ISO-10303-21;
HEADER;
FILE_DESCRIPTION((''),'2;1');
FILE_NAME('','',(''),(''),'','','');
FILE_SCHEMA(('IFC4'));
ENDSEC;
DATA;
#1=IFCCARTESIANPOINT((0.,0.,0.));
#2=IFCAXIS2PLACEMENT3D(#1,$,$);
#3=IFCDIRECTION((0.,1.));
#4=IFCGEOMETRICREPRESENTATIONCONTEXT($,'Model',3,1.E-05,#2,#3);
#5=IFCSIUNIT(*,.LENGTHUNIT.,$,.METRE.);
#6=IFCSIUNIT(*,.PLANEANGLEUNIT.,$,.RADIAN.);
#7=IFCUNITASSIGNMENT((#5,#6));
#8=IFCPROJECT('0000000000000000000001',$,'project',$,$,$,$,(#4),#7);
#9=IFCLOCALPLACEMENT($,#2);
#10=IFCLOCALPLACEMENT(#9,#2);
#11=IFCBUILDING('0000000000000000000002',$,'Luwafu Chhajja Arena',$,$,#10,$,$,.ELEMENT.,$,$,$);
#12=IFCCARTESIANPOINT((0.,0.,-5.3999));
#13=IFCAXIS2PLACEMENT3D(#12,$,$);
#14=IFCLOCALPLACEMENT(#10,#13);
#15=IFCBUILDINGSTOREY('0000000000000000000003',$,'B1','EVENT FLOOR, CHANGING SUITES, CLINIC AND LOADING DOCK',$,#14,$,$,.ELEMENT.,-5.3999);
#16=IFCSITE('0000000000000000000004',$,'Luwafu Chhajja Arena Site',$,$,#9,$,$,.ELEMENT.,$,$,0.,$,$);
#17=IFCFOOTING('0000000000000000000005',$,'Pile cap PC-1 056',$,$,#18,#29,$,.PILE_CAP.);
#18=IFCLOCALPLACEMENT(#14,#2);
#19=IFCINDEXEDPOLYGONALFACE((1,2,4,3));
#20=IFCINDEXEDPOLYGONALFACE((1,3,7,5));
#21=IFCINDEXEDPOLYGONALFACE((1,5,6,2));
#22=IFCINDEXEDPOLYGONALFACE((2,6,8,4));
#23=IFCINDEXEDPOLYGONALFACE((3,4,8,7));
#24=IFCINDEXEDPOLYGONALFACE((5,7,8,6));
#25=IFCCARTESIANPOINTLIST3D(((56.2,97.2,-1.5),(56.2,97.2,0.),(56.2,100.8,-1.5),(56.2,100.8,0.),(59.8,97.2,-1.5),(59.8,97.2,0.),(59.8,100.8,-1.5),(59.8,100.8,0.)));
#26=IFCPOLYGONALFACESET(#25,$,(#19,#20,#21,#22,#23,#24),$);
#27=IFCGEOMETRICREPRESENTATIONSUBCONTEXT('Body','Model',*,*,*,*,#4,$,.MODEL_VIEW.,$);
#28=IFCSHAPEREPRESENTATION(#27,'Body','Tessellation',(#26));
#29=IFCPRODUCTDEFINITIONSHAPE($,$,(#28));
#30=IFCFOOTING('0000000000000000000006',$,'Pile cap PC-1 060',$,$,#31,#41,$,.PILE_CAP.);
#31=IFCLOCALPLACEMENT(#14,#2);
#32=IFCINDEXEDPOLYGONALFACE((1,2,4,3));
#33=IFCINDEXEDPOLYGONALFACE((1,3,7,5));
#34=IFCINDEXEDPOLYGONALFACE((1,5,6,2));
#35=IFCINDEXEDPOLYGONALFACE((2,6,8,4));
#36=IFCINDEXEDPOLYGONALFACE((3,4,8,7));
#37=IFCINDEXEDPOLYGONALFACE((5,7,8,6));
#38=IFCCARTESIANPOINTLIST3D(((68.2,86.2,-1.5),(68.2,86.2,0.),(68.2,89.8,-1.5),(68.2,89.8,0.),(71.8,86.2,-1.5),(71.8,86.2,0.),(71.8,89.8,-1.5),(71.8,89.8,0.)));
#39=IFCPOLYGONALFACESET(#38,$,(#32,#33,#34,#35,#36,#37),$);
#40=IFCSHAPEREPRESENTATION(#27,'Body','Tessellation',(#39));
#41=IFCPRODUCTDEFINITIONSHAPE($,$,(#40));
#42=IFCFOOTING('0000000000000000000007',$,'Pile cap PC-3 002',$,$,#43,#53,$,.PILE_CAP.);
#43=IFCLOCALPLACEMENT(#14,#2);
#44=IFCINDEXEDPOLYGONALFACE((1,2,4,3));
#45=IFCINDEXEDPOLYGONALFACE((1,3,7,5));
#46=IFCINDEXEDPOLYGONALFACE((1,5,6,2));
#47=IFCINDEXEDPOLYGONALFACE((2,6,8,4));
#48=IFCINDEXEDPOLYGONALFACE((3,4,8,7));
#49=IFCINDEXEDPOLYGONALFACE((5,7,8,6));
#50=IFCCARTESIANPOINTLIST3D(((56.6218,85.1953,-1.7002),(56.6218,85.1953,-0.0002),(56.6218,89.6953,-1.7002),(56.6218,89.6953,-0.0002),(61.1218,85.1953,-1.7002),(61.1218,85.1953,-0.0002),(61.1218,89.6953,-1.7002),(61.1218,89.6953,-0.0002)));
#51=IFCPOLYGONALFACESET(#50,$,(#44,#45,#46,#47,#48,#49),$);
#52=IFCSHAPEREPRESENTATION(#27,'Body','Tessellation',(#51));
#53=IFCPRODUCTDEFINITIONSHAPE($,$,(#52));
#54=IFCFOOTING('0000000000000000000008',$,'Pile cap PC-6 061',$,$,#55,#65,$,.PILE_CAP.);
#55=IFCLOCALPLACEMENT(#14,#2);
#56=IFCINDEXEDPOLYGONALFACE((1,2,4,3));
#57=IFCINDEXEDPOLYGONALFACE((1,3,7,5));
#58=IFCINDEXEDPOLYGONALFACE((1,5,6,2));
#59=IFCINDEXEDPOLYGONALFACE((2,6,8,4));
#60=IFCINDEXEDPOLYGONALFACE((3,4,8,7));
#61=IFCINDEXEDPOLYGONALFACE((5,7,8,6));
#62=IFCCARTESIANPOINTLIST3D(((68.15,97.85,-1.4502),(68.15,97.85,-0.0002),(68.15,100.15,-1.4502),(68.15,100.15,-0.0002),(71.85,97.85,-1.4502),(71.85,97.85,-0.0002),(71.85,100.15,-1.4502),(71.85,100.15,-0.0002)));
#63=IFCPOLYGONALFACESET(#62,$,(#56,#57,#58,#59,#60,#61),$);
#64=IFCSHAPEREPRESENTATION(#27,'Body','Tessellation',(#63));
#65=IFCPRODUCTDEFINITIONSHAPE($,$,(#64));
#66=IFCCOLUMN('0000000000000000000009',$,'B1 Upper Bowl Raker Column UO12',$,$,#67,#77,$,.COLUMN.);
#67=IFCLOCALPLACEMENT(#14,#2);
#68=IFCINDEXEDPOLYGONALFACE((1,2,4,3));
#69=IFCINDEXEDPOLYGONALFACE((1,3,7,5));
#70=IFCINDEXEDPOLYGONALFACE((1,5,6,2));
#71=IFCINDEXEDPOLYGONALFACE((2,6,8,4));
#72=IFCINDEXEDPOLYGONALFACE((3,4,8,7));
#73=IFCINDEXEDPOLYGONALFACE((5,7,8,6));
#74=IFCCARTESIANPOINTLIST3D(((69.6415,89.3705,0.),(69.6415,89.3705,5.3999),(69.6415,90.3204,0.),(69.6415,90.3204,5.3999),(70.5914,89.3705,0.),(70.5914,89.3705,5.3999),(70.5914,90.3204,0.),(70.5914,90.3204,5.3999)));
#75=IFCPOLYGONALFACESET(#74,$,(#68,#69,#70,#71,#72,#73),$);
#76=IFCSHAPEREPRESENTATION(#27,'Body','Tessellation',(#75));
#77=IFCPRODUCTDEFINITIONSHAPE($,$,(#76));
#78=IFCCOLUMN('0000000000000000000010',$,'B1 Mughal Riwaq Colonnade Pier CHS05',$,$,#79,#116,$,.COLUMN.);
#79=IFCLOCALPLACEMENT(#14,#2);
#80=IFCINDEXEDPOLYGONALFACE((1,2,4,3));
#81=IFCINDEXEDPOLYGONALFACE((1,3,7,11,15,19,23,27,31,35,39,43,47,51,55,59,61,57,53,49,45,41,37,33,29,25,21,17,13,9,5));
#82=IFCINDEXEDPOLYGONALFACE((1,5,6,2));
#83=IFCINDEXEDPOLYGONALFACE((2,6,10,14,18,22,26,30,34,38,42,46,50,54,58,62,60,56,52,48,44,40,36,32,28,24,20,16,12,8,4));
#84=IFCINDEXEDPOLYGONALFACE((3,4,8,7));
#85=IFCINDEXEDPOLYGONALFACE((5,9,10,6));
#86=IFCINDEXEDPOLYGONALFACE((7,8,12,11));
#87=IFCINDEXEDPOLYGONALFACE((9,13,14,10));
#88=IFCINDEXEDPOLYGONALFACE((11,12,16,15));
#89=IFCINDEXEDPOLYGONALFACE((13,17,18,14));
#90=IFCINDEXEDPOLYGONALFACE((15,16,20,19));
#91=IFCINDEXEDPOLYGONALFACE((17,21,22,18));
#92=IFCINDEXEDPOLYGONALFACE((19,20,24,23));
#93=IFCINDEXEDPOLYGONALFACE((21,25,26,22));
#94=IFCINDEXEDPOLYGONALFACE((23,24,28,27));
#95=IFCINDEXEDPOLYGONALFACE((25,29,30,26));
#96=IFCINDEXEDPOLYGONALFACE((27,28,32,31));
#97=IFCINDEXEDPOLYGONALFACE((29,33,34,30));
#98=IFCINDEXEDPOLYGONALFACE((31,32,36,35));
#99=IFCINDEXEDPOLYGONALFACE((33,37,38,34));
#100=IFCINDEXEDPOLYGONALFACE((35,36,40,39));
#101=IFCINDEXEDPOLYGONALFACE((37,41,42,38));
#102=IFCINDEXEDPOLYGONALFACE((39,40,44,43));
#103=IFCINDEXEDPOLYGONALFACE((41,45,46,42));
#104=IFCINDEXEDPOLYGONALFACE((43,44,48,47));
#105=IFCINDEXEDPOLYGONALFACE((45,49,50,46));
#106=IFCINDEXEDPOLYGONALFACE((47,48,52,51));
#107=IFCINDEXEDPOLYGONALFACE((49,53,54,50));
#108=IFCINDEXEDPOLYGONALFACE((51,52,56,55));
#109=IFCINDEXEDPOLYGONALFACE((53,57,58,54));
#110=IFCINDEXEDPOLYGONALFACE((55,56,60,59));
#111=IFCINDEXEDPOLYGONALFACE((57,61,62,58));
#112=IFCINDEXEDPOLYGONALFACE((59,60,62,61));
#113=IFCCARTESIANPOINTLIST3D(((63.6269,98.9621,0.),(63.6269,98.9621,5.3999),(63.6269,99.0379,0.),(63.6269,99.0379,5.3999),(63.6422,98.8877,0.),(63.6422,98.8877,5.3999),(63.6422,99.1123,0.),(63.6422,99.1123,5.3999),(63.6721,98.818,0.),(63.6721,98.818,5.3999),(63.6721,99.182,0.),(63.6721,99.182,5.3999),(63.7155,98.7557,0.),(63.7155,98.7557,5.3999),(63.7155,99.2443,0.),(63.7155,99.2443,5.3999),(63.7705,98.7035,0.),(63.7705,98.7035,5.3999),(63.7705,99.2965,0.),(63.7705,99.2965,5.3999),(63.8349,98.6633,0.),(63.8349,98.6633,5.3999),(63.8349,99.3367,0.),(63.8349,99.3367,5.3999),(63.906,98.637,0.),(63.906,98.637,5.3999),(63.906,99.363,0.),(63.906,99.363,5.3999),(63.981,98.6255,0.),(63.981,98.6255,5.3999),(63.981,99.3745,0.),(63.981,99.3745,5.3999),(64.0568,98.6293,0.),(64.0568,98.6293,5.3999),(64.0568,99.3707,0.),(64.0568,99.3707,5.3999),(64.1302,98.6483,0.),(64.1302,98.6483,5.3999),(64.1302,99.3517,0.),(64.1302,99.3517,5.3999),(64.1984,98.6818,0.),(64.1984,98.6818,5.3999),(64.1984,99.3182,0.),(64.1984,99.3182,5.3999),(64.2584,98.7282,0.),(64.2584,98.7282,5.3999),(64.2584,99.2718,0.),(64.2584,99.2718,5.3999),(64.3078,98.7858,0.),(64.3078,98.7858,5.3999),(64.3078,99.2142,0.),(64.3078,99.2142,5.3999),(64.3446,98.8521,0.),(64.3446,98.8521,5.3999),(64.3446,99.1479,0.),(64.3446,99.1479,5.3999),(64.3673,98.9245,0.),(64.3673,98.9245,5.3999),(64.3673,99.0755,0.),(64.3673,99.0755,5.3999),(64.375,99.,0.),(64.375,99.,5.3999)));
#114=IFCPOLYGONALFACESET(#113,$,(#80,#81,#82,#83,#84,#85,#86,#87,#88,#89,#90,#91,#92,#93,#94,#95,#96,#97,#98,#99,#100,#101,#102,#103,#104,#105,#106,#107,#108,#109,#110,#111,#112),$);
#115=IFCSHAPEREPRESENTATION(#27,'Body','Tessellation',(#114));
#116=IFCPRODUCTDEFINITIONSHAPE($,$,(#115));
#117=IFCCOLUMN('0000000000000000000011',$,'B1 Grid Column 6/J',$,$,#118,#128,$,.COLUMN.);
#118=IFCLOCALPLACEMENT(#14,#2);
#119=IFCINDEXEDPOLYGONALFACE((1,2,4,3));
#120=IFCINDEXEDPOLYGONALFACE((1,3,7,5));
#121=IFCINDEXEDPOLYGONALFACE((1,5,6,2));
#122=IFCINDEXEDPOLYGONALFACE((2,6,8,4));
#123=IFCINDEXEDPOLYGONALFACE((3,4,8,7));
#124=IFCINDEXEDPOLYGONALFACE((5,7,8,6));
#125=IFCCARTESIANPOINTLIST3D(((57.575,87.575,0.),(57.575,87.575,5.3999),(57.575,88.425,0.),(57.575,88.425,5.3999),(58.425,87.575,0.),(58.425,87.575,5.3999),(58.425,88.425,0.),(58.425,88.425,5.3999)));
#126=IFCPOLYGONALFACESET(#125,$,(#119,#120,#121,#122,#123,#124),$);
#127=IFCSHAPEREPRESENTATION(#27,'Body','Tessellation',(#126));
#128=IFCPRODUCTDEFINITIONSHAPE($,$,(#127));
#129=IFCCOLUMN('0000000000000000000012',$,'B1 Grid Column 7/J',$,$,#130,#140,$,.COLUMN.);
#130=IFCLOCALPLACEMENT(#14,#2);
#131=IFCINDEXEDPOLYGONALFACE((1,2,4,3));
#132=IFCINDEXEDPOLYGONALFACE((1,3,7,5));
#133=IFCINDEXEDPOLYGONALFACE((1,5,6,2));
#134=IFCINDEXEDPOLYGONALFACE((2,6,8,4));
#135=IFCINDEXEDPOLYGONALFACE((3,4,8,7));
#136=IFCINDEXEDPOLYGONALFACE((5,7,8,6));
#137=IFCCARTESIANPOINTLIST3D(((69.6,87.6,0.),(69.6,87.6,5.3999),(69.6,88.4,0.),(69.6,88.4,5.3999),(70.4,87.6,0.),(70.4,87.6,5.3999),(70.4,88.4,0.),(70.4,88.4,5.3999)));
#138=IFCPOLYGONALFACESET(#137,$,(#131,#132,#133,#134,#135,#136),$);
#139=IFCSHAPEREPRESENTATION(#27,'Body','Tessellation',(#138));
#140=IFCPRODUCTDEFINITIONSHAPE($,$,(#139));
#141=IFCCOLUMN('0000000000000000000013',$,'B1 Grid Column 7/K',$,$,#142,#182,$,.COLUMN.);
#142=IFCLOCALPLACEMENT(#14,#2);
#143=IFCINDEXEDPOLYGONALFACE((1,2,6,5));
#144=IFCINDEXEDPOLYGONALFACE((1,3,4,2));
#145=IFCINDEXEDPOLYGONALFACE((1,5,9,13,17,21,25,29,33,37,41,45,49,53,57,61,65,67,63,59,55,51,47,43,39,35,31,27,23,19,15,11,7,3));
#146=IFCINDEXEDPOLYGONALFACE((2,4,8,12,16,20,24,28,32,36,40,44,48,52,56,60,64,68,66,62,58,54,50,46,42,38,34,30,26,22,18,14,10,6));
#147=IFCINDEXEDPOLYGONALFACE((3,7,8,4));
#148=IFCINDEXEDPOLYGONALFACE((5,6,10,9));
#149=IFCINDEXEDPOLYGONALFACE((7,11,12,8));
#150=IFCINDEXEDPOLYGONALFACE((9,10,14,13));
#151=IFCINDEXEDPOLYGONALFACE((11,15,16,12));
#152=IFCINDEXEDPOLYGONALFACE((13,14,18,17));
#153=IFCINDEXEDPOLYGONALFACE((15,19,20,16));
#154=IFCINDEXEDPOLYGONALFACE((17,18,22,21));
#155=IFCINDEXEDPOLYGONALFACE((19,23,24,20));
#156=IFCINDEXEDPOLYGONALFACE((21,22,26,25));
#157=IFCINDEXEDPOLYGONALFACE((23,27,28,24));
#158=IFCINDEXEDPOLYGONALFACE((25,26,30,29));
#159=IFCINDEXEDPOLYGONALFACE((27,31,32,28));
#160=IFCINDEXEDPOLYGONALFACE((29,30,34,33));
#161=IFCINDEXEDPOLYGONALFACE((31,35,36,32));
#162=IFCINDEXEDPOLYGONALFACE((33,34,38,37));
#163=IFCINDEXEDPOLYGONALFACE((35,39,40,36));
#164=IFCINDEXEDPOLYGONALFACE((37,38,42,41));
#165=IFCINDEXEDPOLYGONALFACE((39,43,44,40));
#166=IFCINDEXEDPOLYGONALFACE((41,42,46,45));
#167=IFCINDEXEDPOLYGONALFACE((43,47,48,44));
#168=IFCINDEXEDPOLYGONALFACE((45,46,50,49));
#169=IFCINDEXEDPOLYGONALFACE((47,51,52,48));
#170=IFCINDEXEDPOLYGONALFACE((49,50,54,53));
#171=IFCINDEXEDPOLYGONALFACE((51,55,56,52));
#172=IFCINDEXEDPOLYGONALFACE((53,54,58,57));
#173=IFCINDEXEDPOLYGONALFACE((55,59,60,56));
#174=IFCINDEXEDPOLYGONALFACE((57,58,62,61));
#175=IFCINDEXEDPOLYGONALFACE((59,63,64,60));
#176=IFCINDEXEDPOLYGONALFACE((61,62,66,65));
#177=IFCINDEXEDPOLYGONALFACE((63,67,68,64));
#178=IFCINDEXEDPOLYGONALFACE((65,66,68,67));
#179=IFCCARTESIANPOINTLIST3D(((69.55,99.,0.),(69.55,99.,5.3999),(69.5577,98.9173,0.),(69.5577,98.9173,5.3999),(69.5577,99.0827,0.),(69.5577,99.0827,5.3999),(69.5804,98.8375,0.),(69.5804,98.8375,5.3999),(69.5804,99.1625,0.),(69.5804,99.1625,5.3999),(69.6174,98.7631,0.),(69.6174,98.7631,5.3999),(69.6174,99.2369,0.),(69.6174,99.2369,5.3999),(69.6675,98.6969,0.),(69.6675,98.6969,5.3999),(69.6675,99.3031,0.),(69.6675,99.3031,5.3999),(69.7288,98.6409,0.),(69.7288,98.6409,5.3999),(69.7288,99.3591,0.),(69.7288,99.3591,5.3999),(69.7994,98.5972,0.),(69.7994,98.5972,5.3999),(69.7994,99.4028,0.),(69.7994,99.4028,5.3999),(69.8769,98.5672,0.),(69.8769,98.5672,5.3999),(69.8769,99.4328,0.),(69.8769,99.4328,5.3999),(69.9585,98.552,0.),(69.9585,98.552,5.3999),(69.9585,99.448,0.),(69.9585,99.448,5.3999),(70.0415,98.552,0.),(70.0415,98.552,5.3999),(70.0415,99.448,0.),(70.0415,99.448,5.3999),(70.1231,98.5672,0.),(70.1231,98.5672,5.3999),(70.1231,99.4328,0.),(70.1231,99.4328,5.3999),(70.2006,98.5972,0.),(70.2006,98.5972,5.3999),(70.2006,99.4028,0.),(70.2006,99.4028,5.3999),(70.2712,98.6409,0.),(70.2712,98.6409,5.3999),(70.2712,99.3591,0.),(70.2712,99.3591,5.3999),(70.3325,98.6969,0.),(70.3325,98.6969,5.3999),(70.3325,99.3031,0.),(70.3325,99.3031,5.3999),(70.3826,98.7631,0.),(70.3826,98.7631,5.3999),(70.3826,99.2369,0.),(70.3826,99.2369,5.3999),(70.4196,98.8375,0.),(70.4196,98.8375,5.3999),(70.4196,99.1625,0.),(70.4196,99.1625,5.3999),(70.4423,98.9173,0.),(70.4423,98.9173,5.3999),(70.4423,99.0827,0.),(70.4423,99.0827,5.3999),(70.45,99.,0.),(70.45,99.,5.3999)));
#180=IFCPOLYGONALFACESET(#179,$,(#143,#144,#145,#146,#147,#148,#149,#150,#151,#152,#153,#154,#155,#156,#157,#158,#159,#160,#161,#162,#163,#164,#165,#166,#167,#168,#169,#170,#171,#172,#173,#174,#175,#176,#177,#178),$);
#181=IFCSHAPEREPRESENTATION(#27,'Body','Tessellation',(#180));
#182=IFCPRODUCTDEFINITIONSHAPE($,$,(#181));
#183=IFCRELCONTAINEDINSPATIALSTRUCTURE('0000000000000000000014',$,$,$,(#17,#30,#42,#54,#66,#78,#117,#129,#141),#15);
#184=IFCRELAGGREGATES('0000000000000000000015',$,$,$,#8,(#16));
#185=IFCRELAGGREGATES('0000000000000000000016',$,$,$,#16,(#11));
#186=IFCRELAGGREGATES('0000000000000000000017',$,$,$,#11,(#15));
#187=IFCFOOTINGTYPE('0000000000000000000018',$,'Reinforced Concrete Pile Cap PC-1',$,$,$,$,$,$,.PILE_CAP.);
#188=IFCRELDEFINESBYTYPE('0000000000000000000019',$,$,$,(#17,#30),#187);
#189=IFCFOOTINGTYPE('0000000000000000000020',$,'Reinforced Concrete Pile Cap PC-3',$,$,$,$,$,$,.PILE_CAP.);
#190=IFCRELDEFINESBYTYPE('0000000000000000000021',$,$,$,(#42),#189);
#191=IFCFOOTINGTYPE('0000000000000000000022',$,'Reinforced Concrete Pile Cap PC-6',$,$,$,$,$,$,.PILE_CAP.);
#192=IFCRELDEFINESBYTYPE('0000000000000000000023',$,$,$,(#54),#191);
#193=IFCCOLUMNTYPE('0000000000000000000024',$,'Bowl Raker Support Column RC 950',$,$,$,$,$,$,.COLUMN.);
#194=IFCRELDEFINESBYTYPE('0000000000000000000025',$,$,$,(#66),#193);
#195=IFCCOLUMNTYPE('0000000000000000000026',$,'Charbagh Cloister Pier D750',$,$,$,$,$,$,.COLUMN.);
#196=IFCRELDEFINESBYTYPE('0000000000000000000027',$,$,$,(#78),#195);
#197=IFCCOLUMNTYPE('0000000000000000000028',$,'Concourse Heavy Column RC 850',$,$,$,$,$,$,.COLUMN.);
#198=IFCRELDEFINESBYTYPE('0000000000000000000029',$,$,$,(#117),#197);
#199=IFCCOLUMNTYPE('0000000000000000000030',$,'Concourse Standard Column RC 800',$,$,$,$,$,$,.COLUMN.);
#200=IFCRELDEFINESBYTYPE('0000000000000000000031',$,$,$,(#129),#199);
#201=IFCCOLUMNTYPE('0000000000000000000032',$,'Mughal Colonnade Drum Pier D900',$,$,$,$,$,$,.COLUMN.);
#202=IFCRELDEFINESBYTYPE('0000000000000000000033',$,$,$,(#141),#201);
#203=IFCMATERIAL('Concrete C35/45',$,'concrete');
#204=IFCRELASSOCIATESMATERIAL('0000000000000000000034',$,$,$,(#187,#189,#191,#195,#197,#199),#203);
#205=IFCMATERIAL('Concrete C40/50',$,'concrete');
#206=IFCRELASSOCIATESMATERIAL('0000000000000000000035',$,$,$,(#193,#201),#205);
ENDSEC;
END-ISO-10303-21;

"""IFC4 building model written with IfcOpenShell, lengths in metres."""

from ifc_helpers import new_model, si_unit, direction, frame, origin, origin_2d, place, context, subcontext, project, spatial, rectangle, circle, extrude, material, material_profile, profile_set, type_object, element, save


model = new_model("IFC4")

# Units and contexts
model_context = context("Model", 3, precision=1e-05, world=origin(), true_north=direction((0.0, 1.0)))
body_context = subcontext(model_context, "Body", "Model", "MODEL_VIEW")
ifc_project = project(units=[si_unit("LENGTHUNIT", "METRE"), si_unit("PLANEANGLEUNIT", "RADIAN")], contexts=[model_context])

# Site, building, storey
site_placement = place(None, origin())
site = spatial("IfcSite", under=ifc_project, at=site_placement, Name="Luwafu Chhajja Arena Site", CompositionType="ELEMENT", RefElevation=0.0)
building_placement = place(site_placement, origin())
building = spatial("IfcBuilding", under=site, at=building_placement, Name="Luwafu Chhajja Arena", CompositionType="ELEMENT")
storey_placement = place(building_placement, frame((0.0, 0.0, -5.3999)))
storey = spatial("IfcBuildingStorey", under=building, at=storey_placement, Name="B1", Description="EVENT FLOOR, CHANGING SUITES, CLINIC AND LOADING DOCK", CompositionType="ELEMENT", Elevation=-5.3999)

# Shared definitions
ifc_material_1 = material(Name="Concrete C35/45", Category="concrete")

# Footings
footing_type_1 = type_object("IfcFootingType", Name="Reinforced Concrete Pile Cap PC-1", PredefinedType="PILE_CAP", material=ifc_material_1)
for number, where, z_axis, x_axis, name in (
    (1, (58.0, 99.0, -1.5), (0.0, 0.0, 1.0), (1.0, 0.0, 0.0), "Pile cap PC-1 056"),
    (2, (70.0, 88.0, -1.5), (0.0, 0.0, 1.0), (1.0, 0.0, 0.0), "Pile cap PC-1 060"),
):
    element("IfcFooting", number, at=place(storey_placement, frame(where, z_axis=z_axis, x_axis=x_axis)), inside=storey, type_object=footing_type_1, Name=name, PredefinedType="PILE_CAP", context=body_context, shape_type="SweptSolid", body=[
        extrude(rectangle(XDim=3.6001, YDim=3.6001, at=origin_2d()), origin(), (0.0, 0.0, 1.0), 1.5),
    ])
footing_type_2 = type_object("IfcFootingType", Name="Reinforced Concrete Pile Cap PC-3", PredefinedType="PILE_CAP", material=ifc_material_1)
footing_1_placement = place(storey_placement, frame((58.8718, 87.4453, -1.7002), z_axis=(0.0, 0.0, 1.0), x_axis=(1.0, 0.0, 0.0)))
element("IfcFooting", 3, at=footing_1_placement, inside=storey, type_object=footing_type_2, Name="Pile cap PC-3 002", PredefinedType="PILE_CAP", context=body_context, shape_type="SweptSolid", body=[
    extrude(rectangle(XDim=4.5, YDim=4.5, at=origin_2d()), origin(), (0.0, 0.0, 1.0), 1.7),
])
footing_type_3 = type_object("IfcFootingType", Name="Reinforced Concrete Pile Cap PC-6", PredefinedType="PILE_CAP", material=ifc_material_1)
footing_2_placement = place(storey_placement, frame((70.0, 99.0, -1.4502), z_axis=(0.0, 0.0, 1.0), x_axis=(1.0, 0.0, 0.0)))
element("IfcFooting", 4, at=footing_2_placement, inside=storey, type_object=footing_type_3, Name="Pile cap PC-6 061", PredefinedType="PILE_CAP", context=body_context, shape_type="SweptSolid", body=[
    extrude(rectangle(XDim=3.7, YDim=2.3, at=origin_2d()), origin(), (0.0, 0.0, 1.0), 1.45),
])

# Columns
ifc_material_2 = material(Name="Concrete C40/50", Category="concrete")
ifc_material_profile_1 = material_profile(ifc_material_2, rectangle(XDim=0.95, YDim=0.95, at=origin_2d()), Name="RC 950x950")
ifc_profile_set_1 = profile_set([ifc_material_profile_1], Name="Concrete C40/50")
column_type_1 = type_object("IfcColumnType", Name="Bowl Raker Support Column RC 950", PredefinedType="COLUMN", material=ifc_profile_set_1)
column_1_placement = place(storey_placement, frame((70.1165, 89.8455, 0.0), z_axis=(0.0, 0.0, 1.0), x_axis=(1.0, 0.0, 0.0)))
element("IfcColumn", 5, at=column_1_placement, inside=storey, type_object=column_type_1, Name="B1 Upper Bowl Raker Column UO12", PredefinedType="COLUMN", context=body_context, shape_type="SweptSolid", body=[
    extrude(rectangle(XDim=0.95, YDim=0.95, at=origin_2d()), origin(), (0.0, 0.0, 1.0), 5.3999),
])
ifc_material_profile_2 = material_profile(ifc_material_1, circle(Radius=0.375, at=origin_2d()), Name="RC COL D750")
ifc_profile_set_2 = profile_set([ifc_material_profile_2], Name="Concrete C35/45")
column_type_2 = type_object("IfcColumnType", Name="Charbagh Cloister Pier D750", PredefinedType="COLUMN", material=ifc_profile_set_2)
column_2_placement = place(storey_placement, frame((64.0, 99.0, 0.0), z_axis=(0.0, 0.0, 1.0), x_axis=(1.0, 0.0, 0.0)))
element("IfcColumn", 6, at=column_2_placement, inside=storey, type_object=column_type_2, Name="B1 Mughal Riwaq Colonnade Pier CHS05", PredefinedType="COLUMN", context=body_context, shape_type="SweptSolid", body=[
    extrude(circle(Radius=0.375, at=origin_2d()), origin(), (0.0, 0.0, 1.0), 5.3999),
])
ifc_material_profile_3 = material_profile(ifc_material_1, rectangle(XDim=0.8501, YDim=0.8501, at=origin_2d()), Name="RC 850x850")
ifc_profile_set_3 = profile_set([ifc_material_profile_3], Name="Concrete C35/45")
column_type_3 = type_object("IfcColumnType", Name="Concourse Heavy Column RC 850", PredefinedType="COLUMN", material=ifc_profile_set_3)
column_3_placement = place(storey_placement, frame((58.0, 88.0, 0.0), z_axis=(0.0, 0.0, 1.0), x_axis=(1.0, 0.0, 0.0)))
element("IfcColumn", 7, at=column_3_placement, inside=storey, type_object=column_type_3, Name="B1 Grid Column 6/J", PredefinedType="COLUMN", context=body_context, shape_type="SweptSolid", body=[
    extrude(rectangle(XDim=0.8501, YDim=0.8501, at=origin_2d()), origin(), (0.0, 0.0, 1.0), 5.3999),
])
ifc_material_profile_4 = material_profile(ifc_material_1, rectangle(XDim=0.8, YDim=0.8, at=origin_2d()), Name="RC 800x800")
ifc_profile_set_4 = profile_set([ifc_material_profile_4], Name="Concrete C35/45")
column_type_4 = type_object("IfcColumnType", Name="Concourse Standard Column RC 800", PredefinedType="COLUMN", material=ifc_profile_set_4)
column_4_placement = place(storey_placement, frame((70.0, 88.0, 0.0), z_axis=(0.0, 0.0, 1.0), x_axis=(1.0, 0.0, 0.0)))
element("IfcColumn", 8, at=column_4_placement, inside=storey, type_object=column_type_4, Name="B1 Grid Column 7/J", PredefinedType="COLUMN", context=body_context, shape_type="SweptSolid", body=[
    extrude(rectangle(XDim=0.8, YDim=0.8, at=origin_2d()), origin(), (0.0, 0.0, 1.0), 5.3999),
])
ifc_material_profile_5 = material_profile(ifc_material_2, circle(Radius=0.45, at=origin_2d()), Name="RC COL D900")
ifc_profile_set_5 = profile_set([ifc_material_profile_5], Name="Concrete C40/50")
column_type_5 = type_object("IfcColumnType", Name="Mughal Colonnade Drum Pier D900", PredefinedType="COLUMN", material=ifc_profile_set_5)
column_5_placement = place(storey_placement, frame((70.0, 99.0, 0.0), z_axis=(0.0, 0.0, 1.0), x_axis=(1.0, 0.0, 0.0)))
element("IfcColumn", 9, at=column_5_placement, inside=storey, type_object=column_type_5, Name="B1 Grid Column 7/K", PredefinedType="COLUMN", context=body_context, shape_type="SweptSolid", body=[
    extrude(circle(Radius=0.45, at=origin_2d()), origin(), (0.0, 0.0, 1.0), 5.3999),
])

save(model, "model.ifc")
